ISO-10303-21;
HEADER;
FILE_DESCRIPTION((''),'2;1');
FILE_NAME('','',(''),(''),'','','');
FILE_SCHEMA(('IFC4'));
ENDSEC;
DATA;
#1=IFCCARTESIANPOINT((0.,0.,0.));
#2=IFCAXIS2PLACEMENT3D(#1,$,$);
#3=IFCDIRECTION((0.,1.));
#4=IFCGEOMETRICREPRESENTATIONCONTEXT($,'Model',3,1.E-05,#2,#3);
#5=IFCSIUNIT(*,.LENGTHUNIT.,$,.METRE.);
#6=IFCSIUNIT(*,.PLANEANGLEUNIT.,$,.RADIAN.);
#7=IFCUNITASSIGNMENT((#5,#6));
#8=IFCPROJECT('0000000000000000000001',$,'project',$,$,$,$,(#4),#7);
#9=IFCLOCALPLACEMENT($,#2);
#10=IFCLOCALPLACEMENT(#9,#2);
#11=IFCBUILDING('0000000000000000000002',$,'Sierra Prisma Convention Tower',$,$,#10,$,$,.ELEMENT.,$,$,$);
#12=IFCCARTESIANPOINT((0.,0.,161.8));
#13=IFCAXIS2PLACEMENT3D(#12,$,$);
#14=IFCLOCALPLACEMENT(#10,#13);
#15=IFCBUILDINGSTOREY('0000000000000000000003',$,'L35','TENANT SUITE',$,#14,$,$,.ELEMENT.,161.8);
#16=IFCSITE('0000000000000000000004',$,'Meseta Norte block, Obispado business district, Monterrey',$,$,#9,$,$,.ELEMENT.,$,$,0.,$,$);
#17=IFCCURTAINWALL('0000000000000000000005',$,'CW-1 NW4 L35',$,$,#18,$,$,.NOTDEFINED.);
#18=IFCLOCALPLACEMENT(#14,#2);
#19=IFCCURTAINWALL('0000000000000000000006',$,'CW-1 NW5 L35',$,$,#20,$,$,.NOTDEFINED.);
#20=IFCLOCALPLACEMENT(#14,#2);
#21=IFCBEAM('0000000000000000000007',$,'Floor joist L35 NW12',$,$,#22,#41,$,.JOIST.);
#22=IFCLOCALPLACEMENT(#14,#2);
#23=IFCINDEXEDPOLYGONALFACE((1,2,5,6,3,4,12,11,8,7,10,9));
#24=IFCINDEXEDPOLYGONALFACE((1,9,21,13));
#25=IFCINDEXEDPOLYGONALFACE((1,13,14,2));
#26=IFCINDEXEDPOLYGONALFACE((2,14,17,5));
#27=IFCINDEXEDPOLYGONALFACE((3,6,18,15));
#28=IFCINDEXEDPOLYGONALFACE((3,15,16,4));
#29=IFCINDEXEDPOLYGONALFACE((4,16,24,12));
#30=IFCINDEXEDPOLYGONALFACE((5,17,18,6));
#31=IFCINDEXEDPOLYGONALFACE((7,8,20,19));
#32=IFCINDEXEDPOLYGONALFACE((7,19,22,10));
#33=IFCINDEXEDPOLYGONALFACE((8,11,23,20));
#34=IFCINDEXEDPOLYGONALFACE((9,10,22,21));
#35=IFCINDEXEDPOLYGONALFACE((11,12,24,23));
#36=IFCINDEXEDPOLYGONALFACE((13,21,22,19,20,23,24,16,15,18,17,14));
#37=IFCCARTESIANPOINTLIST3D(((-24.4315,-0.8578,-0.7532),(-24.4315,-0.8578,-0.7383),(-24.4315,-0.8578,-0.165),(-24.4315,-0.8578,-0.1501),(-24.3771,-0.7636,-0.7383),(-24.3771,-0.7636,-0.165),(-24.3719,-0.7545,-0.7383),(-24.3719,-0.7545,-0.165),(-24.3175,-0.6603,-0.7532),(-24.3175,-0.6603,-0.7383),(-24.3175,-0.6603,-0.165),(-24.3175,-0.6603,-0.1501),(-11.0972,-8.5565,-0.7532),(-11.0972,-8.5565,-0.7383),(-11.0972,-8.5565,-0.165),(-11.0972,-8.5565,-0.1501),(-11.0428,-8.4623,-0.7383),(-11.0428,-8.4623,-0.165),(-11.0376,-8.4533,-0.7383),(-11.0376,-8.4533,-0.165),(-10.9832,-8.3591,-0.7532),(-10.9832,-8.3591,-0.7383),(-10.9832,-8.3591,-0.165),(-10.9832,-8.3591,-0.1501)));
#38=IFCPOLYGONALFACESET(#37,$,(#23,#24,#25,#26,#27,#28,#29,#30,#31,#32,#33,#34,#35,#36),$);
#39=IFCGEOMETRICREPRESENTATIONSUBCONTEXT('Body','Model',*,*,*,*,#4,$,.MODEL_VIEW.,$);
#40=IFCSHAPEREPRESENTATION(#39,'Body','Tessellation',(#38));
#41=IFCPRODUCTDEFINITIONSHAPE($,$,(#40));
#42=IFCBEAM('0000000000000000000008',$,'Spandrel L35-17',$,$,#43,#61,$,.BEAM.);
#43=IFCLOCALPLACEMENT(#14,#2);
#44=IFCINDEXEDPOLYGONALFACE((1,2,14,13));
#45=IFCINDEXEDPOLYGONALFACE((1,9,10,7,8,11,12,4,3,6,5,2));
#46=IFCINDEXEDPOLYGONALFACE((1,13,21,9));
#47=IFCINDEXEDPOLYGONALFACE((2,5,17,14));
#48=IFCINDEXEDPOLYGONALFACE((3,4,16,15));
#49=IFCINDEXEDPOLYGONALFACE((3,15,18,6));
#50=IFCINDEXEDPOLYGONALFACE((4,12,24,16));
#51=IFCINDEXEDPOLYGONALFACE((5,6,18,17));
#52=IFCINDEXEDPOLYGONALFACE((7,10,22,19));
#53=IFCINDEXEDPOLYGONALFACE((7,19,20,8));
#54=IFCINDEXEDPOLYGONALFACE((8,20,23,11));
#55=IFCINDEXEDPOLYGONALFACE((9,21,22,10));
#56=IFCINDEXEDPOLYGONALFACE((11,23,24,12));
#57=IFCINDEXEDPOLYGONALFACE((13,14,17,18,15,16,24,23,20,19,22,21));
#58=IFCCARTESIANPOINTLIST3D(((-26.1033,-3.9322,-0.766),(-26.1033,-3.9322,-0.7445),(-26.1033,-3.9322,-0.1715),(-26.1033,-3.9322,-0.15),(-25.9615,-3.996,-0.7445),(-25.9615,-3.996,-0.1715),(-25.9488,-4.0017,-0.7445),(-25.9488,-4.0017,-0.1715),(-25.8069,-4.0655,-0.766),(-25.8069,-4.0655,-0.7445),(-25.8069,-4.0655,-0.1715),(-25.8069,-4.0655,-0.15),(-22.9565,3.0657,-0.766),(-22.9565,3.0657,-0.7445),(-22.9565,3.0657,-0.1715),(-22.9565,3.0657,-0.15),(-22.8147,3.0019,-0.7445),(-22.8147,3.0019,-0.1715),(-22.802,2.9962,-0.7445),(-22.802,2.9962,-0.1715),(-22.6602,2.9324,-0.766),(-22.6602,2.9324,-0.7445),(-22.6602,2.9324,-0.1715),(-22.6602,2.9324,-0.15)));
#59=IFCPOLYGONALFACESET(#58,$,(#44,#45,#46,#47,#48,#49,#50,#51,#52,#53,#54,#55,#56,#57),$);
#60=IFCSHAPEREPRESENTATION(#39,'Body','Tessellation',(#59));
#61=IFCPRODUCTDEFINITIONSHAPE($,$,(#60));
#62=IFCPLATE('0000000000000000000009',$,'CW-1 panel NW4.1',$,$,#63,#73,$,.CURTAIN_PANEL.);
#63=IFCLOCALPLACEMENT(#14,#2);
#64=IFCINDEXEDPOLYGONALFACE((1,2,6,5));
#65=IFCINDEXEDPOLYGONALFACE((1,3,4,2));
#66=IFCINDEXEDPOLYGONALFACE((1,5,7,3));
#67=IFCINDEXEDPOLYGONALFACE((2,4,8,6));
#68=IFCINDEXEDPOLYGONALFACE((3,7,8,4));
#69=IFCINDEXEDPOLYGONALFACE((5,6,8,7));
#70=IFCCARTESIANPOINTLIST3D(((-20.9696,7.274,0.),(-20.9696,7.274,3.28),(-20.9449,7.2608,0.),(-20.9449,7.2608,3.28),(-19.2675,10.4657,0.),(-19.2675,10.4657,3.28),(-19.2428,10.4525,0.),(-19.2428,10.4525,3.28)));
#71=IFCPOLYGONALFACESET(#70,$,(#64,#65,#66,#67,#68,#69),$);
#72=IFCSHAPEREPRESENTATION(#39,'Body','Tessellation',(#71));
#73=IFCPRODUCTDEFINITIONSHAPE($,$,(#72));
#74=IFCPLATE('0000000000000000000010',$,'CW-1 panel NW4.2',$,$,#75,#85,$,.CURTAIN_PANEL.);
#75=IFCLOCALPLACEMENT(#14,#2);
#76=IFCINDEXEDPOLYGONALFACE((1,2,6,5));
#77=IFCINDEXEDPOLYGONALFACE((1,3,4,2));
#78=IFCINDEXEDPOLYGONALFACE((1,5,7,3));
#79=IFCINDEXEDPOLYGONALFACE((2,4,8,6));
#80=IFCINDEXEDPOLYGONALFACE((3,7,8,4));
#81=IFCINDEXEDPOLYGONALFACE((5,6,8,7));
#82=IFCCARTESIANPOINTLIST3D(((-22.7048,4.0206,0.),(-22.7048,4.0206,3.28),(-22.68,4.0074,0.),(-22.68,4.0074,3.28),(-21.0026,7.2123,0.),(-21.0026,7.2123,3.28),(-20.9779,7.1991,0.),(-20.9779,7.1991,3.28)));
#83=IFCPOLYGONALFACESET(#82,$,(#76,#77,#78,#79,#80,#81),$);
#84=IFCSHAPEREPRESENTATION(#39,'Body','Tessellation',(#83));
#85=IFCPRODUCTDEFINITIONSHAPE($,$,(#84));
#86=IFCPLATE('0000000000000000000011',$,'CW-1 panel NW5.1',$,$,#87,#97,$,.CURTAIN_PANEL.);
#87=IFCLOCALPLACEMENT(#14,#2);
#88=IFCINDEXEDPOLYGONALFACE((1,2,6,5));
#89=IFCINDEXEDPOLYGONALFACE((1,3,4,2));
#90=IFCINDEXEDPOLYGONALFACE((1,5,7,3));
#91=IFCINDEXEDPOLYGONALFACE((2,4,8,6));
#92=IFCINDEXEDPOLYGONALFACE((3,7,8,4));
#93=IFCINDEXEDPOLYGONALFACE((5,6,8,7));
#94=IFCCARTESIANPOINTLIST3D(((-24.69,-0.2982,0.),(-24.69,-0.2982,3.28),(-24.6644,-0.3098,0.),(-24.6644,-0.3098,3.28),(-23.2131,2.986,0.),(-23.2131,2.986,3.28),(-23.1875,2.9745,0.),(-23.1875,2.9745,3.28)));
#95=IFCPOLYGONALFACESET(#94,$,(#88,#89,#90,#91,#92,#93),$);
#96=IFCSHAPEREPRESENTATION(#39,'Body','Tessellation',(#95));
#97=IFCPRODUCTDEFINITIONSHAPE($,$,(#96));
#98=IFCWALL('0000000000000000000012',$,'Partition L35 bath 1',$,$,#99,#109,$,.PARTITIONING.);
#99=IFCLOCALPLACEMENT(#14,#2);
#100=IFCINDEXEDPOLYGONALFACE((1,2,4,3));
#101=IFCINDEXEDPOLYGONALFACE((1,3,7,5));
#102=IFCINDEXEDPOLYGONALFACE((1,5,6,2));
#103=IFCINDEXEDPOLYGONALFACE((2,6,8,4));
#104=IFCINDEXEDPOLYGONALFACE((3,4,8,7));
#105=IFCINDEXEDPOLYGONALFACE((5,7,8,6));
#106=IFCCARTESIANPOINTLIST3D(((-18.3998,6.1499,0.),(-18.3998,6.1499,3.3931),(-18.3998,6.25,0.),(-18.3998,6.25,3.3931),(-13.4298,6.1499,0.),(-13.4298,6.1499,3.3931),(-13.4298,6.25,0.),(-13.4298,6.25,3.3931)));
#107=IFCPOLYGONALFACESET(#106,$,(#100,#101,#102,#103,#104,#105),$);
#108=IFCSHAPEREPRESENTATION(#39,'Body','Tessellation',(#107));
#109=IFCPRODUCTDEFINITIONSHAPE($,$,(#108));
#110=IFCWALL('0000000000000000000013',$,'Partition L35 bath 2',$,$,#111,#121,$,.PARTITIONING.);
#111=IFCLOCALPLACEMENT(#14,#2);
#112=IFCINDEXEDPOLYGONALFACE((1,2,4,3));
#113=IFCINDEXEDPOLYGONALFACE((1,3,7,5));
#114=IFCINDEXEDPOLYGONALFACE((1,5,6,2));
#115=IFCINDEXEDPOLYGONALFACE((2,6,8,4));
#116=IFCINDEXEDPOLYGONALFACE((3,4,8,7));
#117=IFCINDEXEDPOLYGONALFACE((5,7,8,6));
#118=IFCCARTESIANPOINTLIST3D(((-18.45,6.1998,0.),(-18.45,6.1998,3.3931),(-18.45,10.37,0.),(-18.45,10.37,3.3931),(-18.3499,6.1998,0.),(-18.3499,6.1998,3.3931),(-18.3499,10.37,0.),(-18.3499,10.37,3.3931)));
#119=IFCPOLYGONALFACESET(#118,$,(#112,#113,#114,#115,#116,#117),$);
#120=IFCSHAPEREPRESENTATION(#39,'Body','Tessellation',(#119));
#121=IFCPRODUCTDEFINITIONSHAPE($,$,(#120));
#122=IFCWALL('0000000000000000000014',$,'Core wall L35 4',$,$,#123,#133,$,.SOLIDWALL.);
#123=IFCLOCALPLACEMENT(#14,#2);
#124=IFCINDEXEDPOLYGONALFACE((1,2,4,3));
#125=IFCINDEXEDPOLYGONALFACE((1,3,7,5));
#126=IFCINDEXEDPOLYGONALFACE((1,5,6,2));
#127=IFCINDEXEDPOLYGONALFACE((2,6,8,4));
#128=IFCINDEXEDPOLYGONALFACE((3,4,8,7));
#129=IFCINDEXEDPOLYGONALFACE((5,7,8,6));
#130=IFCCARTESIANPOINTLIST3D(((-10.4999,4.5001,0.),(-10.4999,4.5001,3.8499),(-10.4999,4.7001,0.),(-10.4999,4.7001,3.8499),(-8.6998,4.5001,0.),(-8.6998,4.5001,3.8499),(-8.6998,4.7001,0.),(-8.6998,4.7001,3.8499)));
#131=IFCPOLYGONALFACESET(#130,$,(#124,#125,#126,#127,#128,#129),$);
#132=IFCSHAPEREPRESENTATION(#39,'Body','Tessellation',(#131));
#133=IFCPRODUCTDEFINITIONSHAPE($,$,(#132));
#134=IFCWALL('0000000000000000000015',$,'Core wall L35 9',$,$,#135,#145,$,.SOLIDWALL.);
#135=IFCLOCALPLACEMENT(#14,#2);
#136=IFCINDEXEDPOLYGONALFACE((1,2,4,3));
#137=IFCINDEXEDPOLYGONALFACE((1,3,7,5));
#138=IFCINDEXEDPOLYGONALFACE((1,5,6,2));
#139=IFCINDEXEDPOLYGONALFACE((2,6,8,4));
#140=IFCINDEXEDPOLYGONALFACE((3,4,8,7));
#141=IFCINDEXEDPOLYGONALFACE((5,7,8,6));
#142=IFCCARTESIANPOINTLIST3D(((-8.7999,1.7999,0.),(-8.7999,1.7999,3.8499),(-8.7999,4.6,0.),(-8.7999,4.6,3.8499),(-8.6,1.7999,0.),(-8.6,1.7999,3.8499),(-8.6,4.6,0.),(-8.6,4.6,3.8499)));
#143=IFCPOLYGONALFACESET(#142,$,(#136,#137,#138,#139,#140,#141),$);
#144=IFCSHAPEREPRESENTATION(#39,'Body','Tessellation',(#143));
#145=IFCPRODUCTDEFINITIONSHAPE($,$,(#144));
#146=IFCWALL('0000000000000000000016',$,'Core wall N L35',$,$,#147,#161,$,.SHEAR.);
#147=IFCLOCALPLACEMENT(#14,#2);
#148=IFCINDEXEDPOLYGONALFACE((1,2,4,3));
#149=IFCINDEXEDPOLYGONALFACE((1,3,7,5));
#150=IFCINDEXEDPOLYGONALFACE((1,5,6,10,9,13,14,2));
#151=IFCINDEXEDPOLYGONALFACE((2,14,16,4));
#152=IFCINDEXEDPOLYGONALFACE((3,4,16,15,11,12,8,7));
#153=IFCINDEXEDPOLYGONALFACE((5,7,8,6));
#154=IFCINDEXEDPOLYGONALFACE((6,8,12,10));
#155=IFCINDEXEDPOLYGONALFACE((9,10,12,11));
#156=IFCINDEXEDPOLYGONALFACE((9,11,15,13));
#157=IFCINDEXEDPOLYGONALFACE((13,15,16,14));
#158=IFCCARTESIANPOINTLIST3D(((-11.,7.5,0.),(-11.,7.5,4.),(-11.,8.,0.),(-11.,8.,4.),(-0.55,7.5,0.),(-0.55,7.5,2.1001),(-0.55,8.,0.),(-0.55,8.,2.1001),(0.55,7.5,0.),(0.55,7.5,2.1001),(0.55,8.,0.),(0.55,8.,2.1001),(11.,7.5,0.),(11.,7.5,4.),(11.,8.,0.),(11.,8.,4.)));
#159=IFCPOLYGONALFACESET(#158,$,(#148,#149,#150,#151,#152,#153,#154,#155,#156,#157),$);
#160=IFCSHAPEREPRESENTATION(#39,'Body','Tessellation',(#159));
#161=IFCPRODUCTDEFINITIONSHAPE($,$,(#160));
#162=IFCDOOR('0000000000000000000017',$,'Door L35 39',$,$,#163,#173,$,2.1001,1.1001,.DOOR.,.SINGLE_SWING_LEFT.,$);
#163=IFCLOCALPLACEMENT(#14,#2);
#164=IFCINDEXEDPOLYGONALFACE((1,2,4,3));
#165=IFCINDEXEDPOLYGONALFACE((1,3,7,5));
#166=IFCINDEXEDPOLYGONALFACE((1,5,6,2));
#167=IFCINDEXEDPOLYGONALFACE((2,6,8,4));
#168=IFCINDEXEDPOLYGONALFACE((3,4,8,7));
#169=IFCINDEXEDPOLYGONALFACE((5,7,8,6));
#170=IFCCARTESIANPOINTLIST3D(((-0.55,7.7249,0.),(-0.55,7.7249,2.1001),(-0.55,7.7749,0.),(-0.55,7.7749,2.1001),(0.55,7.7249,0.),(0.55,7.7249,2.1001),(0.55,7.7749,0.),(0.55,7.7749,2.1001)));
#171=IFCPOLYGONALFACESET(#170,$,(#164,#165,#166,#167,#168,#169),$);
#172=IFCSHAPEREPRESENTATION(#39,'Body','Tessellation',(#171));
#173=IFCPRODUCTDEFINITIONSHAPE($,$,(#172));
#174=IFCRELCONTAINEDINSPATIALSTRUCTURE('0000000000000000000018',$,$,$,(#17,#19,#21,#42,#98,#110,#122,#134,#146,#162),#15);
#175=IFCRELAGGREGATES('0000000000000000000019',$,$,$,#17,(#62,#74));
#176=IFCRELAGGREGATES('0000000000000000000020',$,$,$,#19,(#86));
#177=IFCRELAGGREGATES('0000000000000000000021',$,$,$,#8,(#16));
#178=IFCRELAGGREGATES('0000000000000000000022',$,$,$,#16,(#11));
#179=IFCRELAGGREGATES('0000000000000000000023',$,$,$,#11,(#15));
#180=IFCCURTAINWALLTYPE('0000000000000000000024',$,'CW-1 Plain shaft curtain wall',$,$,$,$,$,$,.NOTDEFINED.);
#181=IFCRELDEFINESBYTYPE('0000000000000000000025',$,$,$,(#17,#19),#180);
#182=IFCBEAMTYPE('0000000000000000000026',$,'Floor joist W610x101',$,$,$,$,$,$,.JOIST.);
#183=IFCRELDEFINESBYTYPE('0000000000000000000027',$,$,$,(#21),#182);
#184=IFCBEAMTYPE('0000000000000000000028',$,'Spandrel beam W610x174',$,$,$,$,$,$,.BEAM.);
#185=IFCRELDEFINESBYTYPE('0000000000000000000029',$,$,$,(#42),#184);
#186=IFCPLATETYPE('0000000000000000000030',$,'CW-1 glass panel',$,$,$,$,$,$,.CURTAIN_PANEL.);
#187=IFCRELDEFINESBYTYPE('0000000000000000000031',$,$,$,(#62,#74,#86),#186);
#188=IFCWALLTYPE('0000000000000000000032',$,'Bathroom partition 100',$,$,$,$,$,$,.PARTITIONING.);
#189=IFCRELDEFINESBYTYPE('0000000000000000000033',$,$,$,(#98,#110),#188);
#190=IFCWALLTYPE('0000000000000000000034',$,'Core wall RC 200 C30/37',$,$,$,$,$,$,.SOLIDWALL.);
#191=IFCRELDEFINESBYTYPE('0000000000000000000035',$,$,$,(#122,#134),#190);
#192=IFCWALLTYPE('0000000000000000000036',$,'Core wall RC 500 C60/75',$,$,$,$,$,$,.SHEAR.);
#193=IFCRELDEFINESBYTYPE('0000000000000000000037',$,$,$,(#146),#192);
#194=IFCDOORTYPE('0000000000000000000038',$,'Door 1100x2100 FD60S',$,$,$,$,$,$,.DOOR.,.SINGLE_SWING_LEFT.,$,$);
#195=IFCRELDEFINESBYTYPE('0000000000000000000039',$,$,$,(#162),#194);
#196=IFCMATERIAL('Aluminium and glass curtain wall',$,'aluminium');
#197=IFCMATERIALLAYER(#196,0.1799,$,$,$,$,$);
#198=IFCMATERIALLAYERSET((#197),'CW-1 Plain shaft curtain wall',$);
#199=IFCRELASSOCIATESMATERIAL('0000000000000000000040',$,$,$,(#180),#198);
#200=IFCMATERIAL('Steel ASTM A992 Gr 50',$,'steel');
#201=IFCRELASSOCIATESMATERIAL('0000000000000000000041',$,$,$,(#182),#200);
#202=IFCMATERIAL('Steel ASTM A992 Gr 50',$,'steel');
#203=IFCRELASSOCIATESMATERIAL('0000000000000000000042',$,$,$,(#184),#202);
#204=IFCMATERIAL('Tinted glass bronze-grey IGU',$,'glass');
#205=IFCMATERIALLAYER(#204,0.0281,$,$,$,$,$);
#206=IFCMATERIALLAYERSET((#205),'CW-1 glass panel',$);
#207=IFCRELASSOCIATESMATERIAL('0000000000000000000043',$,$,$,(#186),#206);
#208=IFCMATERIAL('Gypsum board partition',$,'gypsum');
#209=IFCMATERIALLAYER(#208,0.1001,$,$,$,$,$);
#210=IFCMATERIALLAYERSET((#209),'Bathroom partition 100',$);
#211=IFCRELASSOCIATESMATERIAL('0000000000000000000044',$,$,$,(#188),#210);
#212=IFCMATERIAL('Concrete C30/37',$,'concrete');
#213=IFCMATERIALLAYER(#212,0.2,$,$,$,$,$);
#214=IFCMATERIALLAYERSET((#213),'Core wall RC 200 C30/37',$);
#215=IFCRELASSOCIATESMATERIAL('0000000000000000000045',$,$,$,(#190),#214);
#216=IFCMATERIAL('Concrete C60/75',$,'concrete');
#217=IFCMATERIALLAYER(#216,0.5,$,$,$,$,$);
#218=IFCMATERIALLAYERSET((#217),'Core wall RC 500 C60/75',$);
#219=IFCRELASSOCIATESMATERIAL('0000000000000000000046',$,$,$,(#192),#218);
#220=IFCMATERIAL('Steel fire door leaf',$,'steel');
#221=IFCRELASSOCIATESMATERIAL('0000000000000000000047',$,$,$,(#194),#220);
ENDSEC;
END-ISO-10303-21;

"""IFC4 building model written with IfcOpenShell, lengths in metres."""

from ifc_helpers import new_model, si_unit, direction, frame, frame_2d, origin, origin_2d, place, context, subcontext, project, spatial, rectangle, i_section, extrude, material, layer, layer_set, material_profile, profile_set, type_object, element, fill, aggregate, save


model = new_model("IFC4")

# Units and contexts
model_context = context("Model", 3, precision=1e-05, world=origin(), true_north=direction((0.0, 1.0)))
body_context = subcontext(model_context, "Body", "Model", "MODEL_VIEW")
ifc_project = project(units=[si_unit("LENGTHUNIT", "METRE"), si_unit("PLANEANGLEUNIT", "RADIAN")], contexts=[model_context])

# Site, building, storey
site_placement = place(None, origin())
site = spatial("IfcSite", under=ifc_project, at=site_placement, Name="Meseta Norte block, Obispado business district, Monterrey", CompositionType="ELEMENT", RefElevation=0.0)
building_placement = place(site_placement, origin())
building = spatial("IfcBuilding", under=site, at=building_placement, Name="Sierra Prisma Convention Tower", CompositionType="ELEMENT")
storey_placement = place(building_placement, frame((0.0, 0.0, 161.8)))
storey = spatial("IfcBuildingStorey", under=building, at=storey_placement, Name="L35", Description="TENANT SUITE", CompositionType="ELEMENT", Elevation=161.8)

# Curtain wall
ifc_material_1 = material(Name="Aluminium and glass curtain wall", Category="aluminium")
ifc_layer_1 = layer(ifc_material_1, 0.1799)
ifc_layer_set_1 = layer_set([ifc_layer_1], Name="CW-1 Plain shaft curtain wall")
curtain_wall_type = type_object("IfcCurtainWallType", Name="CW-1 Plain shaft curtain wall", PredefinedType="NOTDEFINED", material=ifc_layer_set_1)
curtain_wall_1_placement = place(storey_placement, origin())
curtain_wall_1 = element("IfcCurtainWall", 1, at=curtain_wall_1_placement, inside=storey, type_object=curtain_wall_type, Name="CW-1 NW4 L35", PredefinedType="NOTDEFINED")

# Curtain wall
curtain_wall_2_placement = place(storey_placement, origin())
curtain_wall_2 = element("IfcCurtainWall", 2, at=curtain_wall_2_placement, inside=storey, type_object=curtain_wall_type, Name="CW-1 NW5 L35", PredefinedType="NOTDEFINED")

# Beams
ifc_material_2 = material(Name="Steel ASTM A992 Gr 50", Category="steel")
ifc_material_profile_1 = material_profile(ifc_material_2, i_section(OverallWidth=0.228, OverallDepth=0.603, WebThickness=0.0105, FlangeThickness=0.0149, at=origin_2d()), Name="W610x101")
ifc_profile_set_1 = profile_set([ifc_material_profile_1], Name="Steel ASTM A992 Gr 50")
beam_type_1 = type_object("IfcBeamType", Name="Floor joist W610x101", PredefinedType="JOIST", material=ifc_profile_set_1)
beam_1_placement = place(storey_placement, frame((-24.3745, -0.759, -0.4517), z_axis=(0.866019, -0.50001, 0.0), x_axis=(0.50001, 0.866019, 0.0)))
element("IfcBeam", 3, at=beam_1_placement, inside=storey, type_object=beam_type_1, Name="Floor joist L35 NW12", PredefinedType="JOIST", context=body_context, shape_type="SweptSolid", body=[
    extrude(i_section(OverallWidth=0.228, OverallDepth=0.603, WebThickness=0.0105, FlangeThickness=0.0149, at=origin_2d()), origin(), (0.0, 0.0, 1.0), 15.3972),
])
ifc_material_3 = material(Name="Steel ASTM A992 Gr 50", Category="steel")
ifc_material_profile_2 = material_profile(ifc_material_3, i_section(OverallWidth=0.325, OverallDepth=0.616, WebThickness=0.0139, FlangeThickness=0.0215, at=origin_2d()), Name="W610x174")
ifc_profile_set_2 = profile_set([ifc_material_profile_2], Name="Steel ASTM A992 Gr 50")
beam_type_2 = type_object("IfcBeamType", Name="Spandrel beam W610x174", PredefinedType="BEAM", material=ifc_profile_set_2)
beam_2_placement = place(storey_placement, frame((-22.8083, 2.999, -0.458), z_axis=(-0.410117, -0.912033, 0.0), x_axis=(0.912033, -0.410117, 0.0)))
element("IfcBeam", 4, at=beam_2_placement, inside=storey, type_object=beam_type_2, Name="Spandrel L35-17", PredefinedType="BEAM", context=body_context, shape_type="SweptSolid", body=[
    extrude(i_section(OverallWidth=0.325, OverallDepth=0.616, WebThickness=0.0139, FlangeThickness=0.0215, at=origin_2d()), origin(), (0.0, 0.0, 1.0), 7.6729),
])

# Plates
ifc_material_4 = material(Name="Tinted glass bronze-grey IGU", Category="glass")
ifc_layer_2 = layer(ifc_material_4, 0.0281)
ifc_layer_set_2 = layer_set([ifc_layer_2], Name="CW-1 glass panel")
plate_type = type_object("IfcPlateType", Name="CW-1 glass panel", PredefinedType="CURTAIN_PANEL", material=ifc_layer_set_2)
plate_1_placement = place(storey_placement, frame((-20.1062, 8.8633, 0.0), z_axis=(0.0, 0.0, 1.0), x_axis=(-0.470564, -0.882366, 0.0)))
plate_1 = element("IfcPlate", 5, at=plate_1_placement, type_object=plate_type, Name="CW-1 panel NW4.1", PredefinedType="CURTAIN_PANEL", context=body_context, shape_type="SweptSolid", body=[
    extrude(rectangle(XDim=3.6172, YDim=0.0281, at=origin_2d()), origin(), (0.0, 0.0, 1.0), 3.28),
])
plate_2_placement = place(storey_placement, frame((-21.8413, 5.6099, 0.0), z_axis=(0.0, 0.0, 1.0), x_axis=(-0.470564, -0.882366, 0.0)))
plate_2 = element("IfcPlate", 6, at=plate_2_placement, type_object=plate_type, Name="CW-1 panel NW4.2", PredefinedType="CURTAIN_PANEL", context=body_context, shape_type="SweptSolid", body=[
    extrude(rectangle(XDim=3.6172, YDim=0.0281, at=origin_2d()), origin(), (0.0, 0.0, 1.0), 3.28),
])
aggregate(curtain_wall_1, [plate_1, plate_2])
plate_3_placement = place(storey_placement, frame((-23.9387, 1.3381, 0.0), z_axis=(0.0, 0.0, 1.0), x_axis=(-0.410127, -0.912028, 0.0)))
plate_3 = element("IfcPlate", 7, at=plate_3_placement, type_object=plate_type, Name="CW-1 panel NW5.1", PredefinedType="CURTAIN_PANEL", context=body_context, shape_type="SweptSolid", body=[
    extrude(rectangle(XDim=3.6011, YDim=0.0281, at=origin_2d()), origin(), (0.0, 0.0, 1.0), 3.28),
])
aggregate(curtain_wall_2, [plate_3])

# Walls
ifc_material_5 = material(Name="Gypsum board partition", Category="gypsum")
ifc_layer_3 = layer(ifc_material_5, 0.1001)
ifc_layer_set_3 = layer_set([ifc_layer_3], Name="Bathroom partition 100")
wall_type_1 = type_object("IfcWallType", Name="Bathroom partition 100", PredefinedType="PARTITIONING", material=ifc_layer_set_3)
wall_1_placement = place(storey_placement, frame((-13.4299, 6.2, 0.0), z_axis=(0.0, 0.0, 1.0), x_axis=(-1.0, 0.0, 0.0)))
element("IfcWall", 8, at=wall_1_placement, inside=storey, type_object=wall_type_1, Name="Partition L35 bath 1", PredefinedType="PARTITIONING", context=body_context, shape_type="SweptSolid", body=[
    extrude(rectangle(XDim=4.97, YDim=0.1001, at=frame_2d((2.4849, 0.0))), origin(), (0.0, 0.0, 1.0), 3.3931),
])
wall_2_placement = place(storey_placement, frame((-18.3999, 6.2, 0.0), z_axis=(0.0, 0.0, 1.0), x_axis=(0.0, 1.0, 0.0)))
element("IfcWall", 9, at=wall_2_placement, inside=storey, type_object=wall_type_1, Name="Partition L35 bath 2", PredefinedType="PARTITIONING", context=body_context, shape_type="SweptSolid", body=[
    extrude(rectangle(XDim=4.1702, YDim=0.1001, at=frame_2d((2.085, 0.0))), origin(), (0.0, 0.0, 1.0), 3.3931),
])

# Shared definitions
ifc_material_6 = material(Name="Concrete C30/37", Category="concrete")
ifc_layer_4 = layer(ifc_material_6, 0.2)
ifc_layer_set_4 = layer_set([ifc_layer_4], Name="Core wall RC 200 C30/37")
wall_type_2 = type_object("IfcWallType", Name="Core wall RC 200 C30/37", PredefinedType="SOLIDWALL", material=ifc_layer_set_4)

# Walls
wall_3_placement = place(storey_placement, frame((-8.7, 4.6001, 0.0), z_axis=(0.0, 0.0, 1.0), x_axis=(-1.0, 0.0, 0.0)))
element("IfcWall", 10, at=wall_3_placement, inside=storey, type_object=wall_type_2, Name="Core wall L35 4", PredefinedType="SOLIDWALL", context=body_context, shape_type="SweptSolid", body=[
    extrude(rectangle(XDim=1.8, YDim=0.2, at=frame_2d((0.8999, 0.0))), origin(), (0.0, 0.0, 1.0), 3.8499),
])
wall_4_placement = place(storey_placement, frame((-8.7, 1.8, 0.0), z_axis=(0.0, 0.0, 1.0), x_axis=(0.0, 1.0, 0.0)))
element("IfcWall", 11, at=wall_4_placement, inside=storey, type_object=wall_type_2, Name="Core wall L35 9", PredefinedType="SOLIDWALL", context=body_context, shape_type="SweptSolid", body=[
    extrude(rectangle(XDim=2.8, YDim=0.2, at=frame_2d((1.3999, 0.0))), origin(), (0.0, 0.0, 1.0), 3.8499),
])

# Wall, opening, door
ifc_material_7 = material(Name="Concrete C60/75", Category="concrete")
ifc_layer_5 = layer(ifc_material_7, 0.5)
ifc_layer_set_5 = layer_set([ifc_layer_5], Name="Core wall RC 500 C60/75")
wall_type_3 = type_object("IfcWallType", Name="Core wall RC 500 C60/75", PredefinedType="SHEAR", material=ifc_layer_set_5)
wall_5_placement = place(storey_placement, frame((-11.0, 7.75, 0.0), z_axis=(0.0, 0.0, 1.0), x_axis=(1.0, 0.0, 0.0)))
wall_5 = element("IfcWall", 12, at=wall_5_placement, inside=storey, type_object=wall_type_3, Name="Core wall N L35", PredefinedType="SHEAR", context=body_context, shape_type="SweptSolid", body=[
    extrude(rectangle(XDim=22.0, YDim=0.5, at=frame_2d((11.0, 0.0))), origin(), (0.0, 0.0, 1.0), 4.0),
])
opening_1_placement = place(wall_5_placement, frame((10.45, 0.0, 0.0)))
opening_1 = element("IfcOpeningElement", 13, at=opening_1_placement, cuts=wall_5, PredefinedType="OPENING", context=body_context, shape_type="SweptSolid", body=[
    extrude(rectangle(XDim=1.1001, YDim=2.1001, at=frame_2d((0.55, 1.05))), frame((0.0, 0.25, 0.0), z_axis=(0.0, -1.0, 0.0), x_axis=(1.0, 0.0, 0.0)), (0.0, 0.0, 1.0), 0.5),
])
ifc_material_8 = material(Name="Steel fire door leaf", Category="steel")
door_type_1 = type_object("IfcDoorType", Name="Door 1100x2100 FD60S", OperationType="SINGLE_SWING_LEFT", PredefinedType="DOOR", material=ifc_material_8)
door_1_placement = place(opening_1_placement, origin())
door_1 = element("IfcDoor", 14, at=door_1_placement, inside=storey, type_object=door_type_1, Name="Door L35 39", OperationType="SINGLE_SWING_LEFT", OverallHeight=2.1001, OverallWidth=1.1001, PredefinedType="DOOR", context=body_context, shape_type="SweptSolid", body=[
    extrude(rectangle(XDim=1.1001, YDim=2.1001, at=frame_2d((0.55, 1.05))), frame((0.0, 0.0249, 0.0), z_axis=(0.0, -1.0, 0.0), x_axis=(1.0, 0.0, 0.0)), (0.0, 0.0, 1.0), 0.05),
])
fill(opening_1, door_1)

save(model, "model.ifc")
